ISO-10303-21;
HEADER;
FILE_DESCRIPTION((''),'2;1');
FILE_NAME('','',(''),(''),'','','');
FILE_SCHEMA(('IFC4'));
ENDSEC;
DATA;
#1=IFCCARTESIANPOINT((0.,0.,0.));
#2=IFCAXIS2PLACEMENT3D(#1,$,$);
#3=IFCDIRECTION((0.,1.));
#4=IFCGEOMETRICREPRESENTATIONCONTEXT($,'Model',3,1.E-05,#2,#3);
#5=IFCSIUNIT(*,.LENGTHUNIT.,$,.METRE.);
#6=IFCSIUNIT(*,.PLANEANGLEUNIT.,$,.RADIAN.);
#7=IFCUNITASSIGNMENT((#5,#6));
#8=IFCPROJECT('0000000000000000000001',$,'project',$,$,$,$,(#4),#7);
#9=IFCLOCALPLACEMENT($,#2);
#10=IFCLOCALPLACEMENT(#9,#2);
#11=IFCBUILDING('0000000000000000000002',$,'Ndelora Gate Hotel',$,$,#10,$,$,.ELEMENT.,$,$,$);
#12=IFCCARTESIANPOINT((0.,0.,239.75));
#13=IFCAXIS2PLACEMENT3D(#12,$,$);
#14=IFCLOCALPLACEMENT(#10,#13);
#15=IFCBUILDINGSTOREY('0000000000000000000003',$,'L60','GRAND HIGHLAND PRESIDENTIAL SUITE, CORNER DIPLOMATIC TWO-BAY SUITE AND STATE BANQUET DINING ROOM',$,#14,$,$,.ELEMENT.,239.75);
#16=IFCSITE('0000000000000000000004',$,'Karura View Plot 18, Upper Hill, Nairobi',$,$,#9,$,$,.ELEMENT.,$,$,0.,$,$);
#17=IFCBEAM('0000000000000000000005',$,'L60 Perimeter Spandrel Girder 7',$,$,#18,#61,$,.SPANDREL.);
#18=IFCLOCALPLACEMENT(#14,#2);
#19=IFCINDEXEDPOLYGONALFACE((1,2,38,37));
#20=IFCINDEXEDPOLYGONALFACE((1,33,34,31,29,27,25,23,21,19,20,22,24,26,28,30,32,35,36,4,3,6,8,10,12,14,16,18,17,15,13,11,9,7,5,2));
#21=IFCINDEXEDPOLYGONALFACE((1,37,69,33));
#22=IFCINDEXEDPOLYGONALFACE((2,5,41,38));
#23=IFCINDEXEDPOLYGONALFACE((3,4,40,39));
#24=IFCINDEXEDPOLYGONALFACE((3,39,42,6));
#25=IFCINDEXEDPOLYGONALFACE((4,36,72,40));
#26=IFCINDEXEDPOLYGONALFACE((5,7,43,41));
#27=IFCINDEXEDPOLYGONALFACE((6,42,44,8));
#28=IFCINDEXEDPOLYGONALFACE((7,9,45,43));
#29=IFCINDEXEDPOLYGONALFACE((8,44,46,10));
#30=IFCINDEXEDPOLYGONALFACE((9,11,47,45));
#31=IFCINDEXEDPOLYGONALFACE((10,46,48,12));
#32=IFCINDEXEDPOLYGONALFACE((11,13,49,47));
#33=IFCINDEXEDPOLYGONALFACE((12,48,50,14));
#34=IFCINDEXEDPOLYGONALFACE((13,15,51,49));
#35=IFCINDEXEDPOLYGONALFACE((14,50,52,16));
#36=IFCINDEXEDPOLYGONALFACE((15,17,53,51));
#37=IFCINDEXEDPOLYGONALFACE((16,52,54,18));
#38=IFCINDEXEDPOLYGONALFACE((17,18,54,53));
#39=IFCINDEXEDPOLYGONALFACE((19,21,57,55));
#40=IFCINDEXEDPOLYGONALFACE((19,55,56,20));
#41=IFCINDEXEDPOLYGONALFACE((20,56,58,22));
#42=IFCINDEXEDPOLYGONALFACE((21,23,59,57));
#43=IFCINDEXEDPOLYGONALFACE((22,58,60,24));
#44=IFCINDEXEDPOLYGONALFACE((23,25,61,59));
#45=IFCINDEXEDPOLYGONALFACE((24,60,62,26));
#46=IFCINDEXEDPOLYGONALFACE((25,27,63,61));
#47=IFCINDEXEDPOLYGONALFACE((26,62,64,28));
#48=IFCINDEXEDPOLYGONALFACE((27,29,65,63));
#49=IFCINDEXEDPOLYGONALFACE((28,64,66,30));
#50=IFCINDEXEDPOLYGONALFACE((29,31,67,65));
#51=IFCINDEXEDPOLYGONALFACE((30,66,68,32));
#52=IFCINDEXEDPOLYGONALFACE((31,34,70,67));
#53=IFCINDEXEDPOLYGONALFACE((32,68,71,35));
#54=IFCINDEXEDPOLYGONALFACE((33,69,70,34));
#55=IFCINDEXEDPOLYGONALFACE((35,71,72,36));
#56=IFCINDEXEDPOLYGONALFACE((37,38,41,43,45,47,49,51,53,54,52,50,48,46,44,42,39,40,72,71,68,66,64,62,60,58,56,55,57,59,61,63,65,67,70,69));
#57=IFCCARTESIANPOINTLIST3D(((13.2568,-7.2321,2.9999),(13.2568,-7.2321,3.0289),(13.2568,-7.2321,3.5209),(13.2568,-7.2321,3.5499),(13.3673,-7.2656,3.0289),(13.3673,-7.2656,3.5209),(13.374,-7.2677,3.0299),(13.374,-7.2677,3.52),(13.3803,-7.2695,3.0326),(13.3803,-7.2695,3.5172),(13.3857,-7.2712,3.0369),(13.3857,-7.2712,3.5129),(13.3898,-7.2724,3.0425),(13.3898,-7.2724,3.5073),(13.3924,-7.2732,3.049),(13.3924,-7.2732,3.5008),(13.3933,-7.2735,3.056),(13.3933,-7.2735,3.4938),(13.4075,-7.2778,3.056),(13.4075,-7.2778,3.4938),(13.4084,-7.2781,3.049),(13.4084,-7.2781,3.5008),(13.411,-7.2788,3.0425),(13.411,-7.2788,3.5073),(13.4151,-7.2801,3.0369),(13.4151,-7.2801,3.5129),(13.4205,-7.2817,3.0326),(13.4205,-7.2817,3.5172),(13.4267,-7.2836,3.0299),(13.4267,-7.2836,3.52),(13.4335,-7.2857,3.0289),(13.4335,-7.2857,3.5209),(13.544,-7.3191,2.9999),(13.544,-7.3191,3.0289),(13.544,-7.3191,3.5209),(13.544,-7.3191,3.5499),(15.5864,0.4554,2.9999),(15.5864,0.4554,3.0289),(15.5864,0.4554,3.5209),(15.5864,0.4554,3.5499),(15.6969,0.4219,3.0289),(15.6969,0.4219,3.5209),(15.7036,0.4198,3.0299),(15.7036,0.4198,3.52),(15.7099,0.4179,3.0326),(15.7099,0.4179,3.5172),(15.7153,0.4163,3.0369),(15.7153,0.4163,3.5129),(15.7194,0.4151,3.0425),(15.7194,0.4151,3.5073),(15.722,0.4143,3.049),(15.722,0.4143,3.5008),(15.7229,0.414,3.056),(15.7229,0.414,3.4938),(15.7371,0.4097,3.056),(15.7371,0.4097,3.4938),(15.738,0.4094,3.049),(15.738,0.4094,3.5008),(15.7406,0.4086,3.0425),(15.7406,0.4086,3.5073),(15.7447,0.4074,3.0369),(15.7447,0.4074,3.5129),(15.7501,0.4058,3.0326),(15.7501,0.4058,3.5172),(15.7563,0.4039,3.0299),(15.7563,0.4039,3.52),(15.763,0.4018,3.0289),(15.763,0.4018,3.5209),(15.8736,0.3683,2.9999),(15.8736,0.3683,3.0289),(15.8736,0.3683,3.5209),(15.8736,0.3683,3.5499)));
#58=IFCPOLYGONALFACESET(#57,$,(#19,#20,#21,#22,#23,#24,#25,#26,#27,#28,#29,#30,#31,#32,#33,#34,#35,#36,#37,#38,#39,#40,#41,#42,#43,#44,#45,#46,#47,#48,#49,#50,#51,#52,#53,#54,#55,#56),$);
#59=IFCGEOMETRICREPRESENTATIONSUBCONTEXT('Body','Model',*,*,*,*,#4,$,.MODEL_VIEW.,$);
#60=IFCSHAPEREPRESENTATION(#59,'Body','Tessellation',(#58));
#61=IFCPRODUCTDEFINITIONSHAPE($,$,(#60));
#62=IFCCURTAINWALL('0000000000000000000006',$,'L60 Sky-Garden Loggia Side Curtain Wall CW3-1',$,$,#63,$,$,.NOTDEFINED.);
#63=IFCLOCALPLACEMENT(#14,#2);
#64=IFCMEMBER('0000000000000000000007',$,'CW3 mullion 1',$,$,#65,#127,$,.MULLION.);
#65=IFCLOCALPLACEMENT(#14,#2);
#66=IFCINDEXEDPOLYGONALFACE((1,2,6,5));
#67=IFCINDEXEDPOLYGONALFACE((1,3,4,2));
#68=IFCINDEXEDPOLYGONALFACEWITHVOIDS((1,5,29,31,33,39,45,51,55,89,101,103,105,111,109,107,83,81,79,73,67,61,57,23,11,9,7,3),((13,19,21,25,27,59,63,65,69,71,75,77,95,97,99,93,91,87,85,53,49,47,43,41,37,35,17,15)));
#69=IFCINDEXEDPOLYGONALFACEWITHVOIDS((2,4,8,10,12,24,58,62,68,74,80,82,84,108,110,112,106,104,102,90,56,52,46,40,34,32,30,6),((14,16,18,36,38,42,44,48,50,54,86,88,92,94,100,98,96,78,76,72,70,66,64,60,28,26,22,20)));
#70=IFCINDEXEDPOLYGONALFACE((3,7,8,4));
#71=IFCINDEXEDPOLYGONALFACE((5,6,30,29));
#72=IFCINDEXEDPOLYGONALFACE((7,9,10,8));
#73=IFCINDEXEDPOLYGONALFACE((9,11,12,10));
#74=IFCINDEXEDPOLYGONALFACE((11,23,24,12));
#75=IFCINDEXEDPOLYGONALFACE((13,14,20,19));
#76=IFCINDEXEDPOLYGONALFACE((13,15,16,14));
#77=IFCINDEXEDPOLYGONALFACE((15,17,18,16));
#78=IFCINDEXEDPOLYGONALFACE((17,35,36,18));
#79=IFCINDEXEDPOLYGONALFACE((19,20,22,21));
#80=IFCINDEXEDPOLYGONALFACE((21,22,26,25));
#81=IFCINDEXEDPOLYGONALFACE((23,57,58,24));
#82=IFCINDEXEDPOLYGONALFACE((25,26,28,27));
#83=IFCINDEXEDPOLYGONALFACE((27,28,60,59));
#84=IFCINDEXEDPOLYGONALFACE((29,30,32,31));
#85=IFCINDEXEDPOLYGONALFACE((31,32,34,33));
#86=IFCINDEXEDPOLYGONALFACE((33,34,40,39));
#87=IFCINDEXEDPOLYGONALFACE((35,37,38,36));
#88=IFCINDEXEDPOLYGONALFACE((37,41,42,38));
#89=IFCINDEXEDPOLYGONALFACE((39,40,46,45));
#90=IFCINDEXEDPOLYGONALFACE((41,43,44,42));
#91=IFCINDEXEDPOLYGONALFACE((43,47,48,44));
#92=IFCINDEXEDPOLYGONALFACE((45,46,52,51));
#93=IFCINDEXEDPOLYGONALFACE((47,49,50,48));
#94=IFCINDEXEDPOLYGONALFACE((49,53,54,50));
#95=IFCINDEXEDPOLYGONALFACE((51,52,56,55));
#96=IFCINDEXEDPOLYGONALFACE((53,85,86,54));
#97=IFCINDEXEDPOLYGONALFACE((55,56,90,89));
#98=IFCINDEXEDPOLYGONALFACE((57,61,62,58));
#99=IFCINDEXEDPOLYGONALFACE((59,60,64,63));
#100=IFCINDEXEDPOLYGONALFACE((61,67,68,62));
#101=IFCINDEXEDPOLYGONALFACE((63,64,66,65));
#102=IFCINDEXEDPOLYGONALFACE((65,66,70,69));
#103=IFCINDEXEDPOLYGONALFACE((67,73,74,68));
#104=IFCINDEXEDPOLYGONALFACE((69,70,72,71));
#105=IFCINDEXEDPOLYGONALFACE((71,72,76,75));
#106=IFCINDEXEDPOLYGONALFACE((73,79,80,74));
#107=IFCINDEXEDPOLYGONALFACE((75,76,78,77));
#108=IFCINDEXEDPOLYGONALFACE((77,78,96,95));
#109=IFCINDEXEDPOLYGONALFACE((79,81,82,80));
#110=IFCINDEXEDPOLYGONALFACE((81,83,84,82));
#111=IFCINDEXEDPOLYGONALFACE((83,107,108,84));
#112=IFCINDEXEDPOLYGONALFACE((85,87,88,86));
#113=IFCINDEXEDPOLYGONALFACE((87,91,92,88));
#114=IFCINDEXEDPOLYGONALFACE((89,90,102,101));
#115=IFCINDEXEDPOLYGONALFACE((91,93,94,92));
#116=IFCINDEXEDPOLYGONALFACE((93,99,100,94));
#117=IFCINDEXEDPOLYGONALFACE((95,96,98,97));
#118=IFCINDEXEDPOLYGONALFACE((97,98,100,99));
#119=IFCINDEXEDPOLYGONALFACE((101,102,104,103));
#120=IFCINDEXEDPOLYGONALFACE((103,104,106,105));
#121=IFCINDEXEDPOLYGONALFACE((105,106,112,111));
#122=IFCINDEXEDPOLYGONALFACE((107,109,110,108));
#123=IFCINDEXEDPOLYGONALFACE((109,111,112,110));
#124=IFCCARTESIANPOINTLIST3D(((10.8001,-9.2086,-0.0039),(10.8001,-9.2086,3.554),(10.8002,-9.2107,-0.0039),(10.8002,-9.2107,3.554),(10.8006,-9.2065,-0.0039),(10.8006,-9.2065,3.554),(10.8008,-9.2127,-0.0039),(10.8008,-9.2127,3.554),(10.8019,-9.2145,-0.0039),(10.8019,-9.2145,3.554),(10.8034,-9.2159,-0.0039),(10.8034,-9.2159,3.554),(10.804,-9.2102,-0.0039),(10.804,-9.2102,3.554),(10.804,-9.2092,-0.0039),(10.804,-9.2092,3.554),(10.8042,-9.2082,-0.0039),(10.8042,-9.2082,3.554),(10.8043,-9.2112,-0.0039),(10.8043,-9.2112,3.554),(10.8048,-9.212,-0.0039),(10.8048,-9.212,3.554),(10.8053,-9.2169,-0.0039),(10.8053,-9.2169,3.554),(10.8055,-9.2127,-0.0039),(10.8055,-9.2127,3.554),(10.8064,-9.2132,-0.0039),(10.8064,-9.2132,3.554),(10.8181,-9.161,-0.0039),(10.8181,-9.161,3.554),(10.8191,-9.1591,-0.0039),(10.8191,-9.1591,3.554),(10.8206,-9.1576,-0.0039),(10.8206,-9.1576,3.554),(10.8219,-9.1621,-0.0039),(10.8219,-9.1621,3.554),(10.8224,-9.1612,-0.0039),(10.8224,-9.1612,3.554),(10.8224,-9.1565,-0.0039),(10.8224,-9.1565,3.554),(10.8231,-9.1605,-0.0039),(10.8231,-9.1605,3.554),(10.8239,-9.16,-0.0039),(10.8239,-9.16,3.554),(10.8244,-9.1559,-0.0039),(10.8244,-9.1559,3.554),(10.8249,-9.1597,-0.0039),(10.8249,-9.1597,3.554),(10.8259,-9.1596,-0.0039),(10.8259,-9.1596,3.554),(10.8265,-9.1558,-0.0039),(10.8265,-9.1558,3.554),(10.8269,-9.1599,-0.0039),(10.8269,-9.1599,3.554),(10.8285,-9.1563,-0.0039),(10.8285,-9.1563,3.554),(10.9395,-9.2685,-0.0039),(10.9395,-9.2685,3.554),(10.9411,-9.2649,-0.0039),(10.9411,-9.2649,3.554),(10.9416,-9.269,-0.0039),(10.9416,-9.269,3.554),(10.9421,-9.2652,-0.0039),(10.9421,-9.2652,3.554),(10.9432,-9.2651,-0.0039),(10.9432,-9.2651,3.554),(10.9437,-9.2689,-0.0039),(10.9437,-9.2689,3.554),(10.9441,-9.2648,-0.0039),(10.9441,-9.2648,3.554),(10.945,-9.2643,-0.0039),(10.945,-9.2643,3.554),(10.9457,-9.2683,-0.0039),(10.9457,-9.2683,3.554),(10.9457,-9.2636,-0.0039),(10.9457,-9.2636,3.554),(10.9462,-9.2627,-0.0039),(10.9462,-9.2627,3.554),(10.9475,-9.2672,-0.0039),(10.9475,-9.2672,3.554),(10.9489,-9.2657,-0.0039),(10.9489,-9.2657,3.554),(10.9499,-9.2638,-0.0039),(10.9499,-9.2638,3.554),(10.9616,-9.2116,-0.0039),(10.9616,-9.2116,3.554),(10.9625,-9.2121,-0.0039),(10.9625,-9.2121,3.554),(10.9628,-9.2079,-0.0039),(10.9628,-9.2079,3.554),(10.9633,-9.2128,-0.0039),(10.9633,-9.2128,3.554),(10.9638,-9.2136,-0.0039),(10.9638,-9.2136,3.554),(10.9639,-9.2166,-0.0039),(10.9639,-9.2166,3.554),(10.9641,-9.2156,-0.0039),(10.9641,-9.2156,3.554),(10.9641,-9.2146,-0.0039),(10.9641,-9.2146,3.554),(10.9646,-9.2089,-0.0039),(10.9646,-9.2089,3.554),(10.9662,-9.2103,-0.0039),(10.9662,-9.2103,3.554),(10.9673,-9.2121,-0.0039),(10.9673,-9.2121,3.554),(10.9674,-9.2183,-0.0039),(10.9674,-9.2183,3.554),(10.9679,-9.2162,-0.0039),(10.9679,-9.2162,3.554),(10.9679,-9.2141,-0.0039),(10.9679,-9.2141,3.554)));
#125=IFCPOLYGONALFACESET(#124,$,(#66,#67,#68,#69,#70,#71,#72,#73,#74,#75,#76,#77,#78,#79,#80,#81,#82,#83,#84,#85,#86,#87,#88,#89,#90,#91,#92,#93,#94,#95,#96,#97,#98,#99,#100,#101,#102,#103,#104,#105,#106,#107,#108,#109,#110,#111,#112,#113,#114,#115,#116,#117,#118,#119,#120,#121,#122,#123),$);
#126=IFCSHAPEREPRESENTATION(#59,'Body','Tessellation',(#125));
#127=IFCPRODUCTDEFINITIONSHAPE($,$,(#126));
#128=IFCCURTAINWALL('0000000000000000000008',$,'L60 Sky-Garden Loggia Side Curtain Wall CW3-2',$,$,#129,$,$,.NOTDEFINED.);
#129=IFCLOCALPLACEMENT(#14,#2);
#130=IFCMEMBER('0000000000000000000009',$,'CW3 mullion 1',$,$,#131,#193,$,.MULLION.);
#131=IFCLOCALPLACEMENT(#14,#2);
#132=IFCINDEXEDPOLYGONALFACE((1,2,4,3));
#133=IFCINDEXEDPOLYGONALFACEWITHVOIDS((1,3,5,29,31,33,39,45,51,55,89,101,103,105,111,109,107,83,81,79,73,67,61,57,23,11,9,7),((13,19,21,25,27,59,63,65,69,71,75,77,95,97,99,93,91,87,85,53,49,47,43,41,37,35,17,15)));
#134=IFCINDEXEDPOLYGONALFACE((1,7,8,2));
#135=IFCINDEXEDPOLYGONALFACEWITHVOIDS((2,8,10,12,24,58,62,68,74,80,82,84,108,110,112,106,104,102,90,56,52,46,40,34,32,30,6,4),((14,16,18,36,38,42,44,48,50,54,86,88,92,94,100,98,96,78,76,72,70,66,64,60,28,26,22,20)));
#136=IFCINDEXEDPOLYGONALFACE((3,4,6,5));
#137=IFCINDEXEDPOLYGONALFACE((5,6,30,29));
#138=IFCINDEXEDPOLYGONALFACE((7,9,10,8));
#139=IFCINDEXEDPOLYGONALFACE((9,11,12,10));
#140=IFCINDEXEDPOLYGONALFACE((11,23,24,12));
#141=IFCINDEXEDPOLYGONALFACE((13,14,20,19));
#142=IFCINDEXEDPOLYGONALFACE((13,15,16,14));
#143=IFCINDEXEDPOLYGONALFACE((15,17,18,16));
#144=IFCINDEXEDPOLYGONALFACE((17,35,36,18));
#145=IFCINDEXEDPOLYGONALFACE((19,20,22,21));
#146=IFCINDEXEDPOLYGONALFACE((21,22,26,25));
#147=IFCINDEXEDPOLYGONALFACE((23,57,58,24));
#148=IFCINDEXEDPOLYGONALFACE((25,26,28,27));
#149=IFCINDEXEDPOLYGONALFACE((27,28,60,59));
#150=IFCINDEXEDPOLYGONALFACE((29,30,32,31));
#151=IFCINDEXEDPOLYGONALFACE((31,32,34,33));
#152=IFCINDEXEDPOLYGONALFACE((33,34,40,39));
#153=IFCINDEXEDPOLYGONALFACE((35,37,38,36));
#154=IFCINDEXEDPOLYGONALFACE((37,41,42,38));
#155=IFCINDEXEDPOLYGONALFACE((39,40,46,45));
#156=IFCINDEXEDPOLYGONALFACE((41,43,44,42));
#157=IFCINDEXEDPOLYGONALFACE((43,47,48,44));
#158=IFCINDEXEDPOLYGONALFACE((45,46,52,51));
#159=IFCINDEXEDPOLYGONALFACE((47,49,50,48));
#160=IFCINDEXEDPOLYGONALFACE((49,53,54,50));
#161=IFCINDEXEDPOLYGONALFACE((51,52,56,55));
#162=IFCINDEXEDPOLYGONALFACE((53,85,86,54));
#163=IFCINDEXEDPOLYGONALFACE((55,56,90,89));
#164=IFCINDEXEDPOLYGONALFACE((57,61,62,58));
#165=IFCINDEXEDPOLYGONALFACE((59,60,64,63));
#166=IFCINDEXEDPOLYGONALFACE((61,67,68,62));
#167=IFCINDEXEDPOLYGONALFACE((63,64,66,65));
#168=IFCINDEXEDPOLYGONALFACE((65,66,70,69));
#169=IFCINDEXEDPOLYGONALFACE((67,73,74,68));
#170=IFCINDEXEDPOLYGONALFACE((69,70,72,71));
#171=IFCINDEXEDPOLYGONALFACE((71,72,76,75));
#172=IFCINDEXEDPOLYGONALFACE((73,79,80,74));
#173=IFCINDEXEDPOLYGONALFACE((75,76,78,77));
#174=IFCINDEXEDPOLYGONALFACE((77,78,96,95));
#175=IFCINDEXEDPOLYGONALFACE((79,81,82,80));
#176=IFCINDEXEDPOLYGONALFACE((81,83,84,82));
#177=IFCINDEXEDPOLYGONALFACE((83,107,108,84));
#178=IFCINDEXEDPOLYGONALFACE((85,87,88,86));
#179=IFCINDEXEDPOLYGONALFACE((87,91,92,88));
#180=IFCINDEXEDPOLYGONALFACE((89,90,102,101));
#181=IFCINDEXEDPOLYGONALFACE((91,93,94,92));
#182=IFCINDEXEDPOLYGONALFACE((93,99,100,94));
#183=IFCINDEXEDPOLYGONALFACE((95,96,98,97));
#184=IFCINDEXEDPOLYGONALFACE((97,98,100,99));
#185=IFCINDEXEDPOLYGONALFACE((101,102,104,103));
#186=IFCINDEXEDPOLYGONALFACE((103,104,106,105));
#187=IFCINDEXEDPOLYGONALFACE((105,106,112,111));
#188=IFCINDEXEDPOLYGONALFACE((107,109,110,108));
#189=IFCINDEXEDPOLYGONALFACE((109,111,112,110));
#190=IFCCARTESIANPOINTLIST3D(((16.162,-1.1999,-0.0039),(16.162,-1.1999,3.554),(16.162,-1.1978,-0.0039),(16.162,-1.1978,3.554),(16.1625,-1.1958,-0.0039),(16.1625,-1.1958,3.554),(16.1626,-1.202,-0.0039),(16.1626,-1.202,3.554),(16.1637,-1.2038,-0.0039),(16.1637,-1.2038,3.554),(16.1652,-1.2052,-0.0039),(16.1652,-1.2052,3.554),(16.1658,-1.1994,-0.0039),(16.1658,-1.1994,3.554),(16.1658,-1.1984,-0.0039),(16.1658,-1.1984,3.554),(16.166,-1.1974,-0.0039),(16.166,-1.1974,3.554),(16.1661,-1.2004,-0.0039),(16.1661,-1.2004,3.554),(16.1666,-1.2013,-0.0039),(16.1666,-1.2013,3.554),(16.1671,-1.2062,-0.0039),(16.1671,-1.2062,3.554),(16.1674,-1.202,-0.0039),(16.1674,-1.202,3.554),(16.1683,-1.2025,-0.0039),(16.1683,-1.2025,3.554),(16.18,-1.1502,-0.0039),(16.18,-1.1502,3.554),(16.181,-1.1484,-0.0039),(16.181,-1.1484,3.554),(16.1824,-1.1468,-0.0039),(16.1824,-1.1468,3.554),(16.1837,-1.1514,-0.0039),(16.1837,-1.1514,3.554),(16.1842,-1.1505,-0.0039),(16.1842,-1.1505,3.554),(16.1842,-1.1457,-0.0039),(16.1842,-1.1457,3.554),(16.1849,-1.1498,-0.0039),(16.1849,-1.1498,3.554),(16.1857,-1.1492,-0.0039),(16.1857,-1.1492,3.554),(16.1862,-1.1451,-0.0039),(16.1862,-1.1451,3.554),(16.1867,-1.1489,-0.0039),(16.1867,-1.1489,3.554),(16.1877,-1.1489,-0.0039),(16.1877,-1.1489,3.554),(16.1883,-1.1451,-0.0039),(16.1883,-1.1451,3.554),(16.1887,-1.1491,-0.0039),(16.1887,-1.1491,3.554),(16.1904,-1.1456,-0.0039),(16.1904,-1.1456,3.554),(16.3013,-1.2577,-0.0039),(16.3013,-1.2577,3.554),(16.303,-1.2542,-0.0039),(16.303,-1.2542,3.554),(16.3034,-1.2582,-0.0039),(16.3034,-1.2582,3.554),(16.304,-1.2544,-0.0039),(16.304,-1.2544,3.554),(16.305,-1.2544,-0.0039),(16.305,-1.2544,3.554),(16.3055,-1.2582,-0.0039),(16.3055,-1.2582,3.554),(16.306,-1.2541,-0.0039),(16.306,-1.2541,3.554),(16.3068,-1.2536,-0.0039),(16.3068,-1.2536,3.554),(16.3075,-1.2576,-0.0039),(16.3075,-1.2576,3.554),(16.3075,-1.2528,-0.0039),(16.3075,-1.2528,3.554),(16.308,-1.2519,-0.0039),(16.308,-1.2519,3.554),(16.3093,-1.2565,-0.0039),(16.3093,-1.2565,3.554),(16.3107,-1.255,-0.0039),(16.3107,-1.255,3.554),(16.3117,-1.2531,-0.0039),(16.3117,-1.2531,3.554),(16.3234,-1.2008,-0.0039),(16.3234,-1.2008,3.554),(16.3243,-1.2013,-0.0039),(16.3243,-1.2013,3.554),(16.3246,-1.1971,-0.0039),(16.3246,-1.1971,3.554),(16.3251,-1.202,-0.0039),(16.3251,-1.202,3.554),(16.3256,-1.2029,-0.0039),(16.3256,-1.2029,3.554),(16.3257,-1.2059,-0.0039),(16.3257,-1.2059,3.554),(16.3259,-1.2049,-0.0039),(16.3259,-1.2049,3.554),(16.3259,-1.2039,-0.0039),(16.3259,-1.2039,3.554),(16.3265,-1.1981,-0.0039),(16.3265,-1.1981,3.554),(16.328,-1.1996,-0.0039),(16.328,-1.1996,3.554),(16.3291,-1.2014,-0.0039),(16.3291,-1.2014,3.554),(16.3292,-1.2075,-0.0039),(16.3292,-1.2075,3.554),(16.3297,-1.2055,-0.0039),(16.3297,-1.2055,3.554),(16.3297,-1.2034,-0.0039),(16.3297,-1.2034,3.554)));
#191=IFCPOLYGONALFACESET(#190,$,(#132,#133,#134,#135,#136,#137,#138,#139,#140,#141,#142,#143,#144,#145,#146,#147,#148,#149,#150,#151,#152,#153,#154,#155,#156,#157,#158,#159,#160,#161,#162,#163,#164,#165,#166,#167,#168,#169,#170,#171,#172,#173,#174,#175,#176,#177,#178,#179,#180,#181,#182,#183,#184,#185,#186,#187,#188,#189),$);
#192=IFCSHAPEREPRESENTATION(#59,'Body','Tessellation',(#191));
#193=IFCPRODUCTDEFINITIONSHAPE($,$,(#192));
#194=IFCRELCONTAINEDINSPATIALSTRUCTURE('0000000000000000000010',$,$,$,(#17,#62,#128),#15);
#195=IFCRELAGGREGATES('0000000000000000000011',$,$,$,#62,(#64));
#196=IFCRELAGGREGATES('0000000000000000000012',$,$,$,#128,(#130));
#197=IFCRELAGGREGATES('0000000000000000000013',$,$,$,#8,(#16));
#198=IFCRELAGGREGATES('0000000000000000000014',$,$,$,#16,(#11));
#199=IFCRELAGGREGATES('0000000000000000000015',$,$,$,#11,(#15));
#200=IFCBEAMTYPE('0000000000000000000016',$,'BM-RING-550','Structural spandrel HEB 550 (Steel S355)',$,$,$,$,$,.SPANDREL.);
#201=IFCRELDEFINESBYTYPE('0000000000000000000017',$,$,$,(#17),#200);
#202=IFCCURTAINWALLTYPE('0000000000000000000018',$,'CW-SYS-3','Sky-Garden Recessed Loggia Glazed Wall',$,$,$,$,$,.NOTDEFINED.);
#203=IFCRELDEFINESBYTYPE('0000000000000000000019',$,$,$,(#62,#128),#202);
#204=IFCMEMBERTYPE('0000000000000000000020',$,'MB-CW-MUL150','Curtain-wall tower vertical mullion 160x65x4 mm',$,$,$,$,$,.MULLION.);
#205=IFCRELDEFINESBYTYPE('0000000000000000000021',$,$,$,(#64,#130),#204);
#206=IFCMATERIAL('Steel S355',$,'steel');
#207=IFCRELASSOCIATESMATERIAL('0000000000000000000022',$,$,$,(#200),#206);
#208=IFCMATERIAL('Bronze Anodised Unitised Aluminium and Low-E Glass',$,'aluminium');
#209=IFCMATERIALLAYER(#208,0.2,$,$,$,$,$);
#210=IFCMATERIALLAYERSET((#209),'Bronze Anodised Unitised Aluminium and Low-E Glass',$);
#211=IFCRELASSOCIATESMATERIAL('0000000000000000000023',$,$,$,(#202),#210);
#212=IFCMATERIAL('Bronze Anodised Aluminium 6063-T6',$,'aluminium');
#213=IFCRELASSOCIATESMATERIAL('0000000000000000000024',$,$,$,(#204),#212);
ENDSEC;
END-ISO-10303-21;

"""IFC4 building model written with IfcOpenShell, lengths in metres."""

from ifc_helpers import new_model, si_unit, direction, frame, origin, origin_2d, place, context, subcontext, project, spatial, hollow_rectangle, i_section, extrude, material, layer, layer_set, material_profile, profile_set, type_object, element, aggregate, save


model = new_model("IFC4")

# Units and contexts
model_context = context("Model", 3, precision=1e-05, world=origin(), true_north=direction((0.0, 1.0)))
body_context = subcontext(model_context, "Body", "Model", "MODEL_VIEW")
ifc_project = project(units=[si_unit("LENGTHUNIT", "METRE"), si_unit("PLANEANGLEUNIT", "RADIAN")], contexts=[model_context])

# Site, building, storey
site_placement = place(None, origin())
site = spatial("IfcSite", under=ifc_project, at=site_placement, Name="Karura View Plot 18, Upper Hill, Nairobi", CompositionType="ELEMENT", RefElevation=0.0)
building_placement = place(site_placement, origin())
building = spatial("IfcBuilding", under=site, at=building_placement, Name="Ndelora Gate Hotel", CompositionType="ELEMENT")
storey_placement = place(building_placement, frame((0.0, 0.0, 239.75)))
storey = spatial("IfcBuildingStorey", under=building, at=storey_placement, Name="L60", Description="GRAND HIGHLAND PRESIDENTIAL SUITE, CORNER DIPLOMATIC TWO-BAY SUITE AND STATE BANQUET DINING ROOM", CompositionType="ELEMENT", Elevation=239.75)

# Beam
ifc_material_1 = material(Name="Steel S355", Category="steel")
ifc_material_profile_1 = material_profile(ifc_material_1, i_section(OverallWidth=0.3, OverallDepth=0.55, WebThickness=0.0149, FlangeThickness=0.0291, FilletRadius=0.0271, at=origin_2d()), Name="HEB 550")
ifc_profile_set_1 = profile_set([ifc_material_profile_1], Name="Steel S355")
beam_type_1 = type_object("IfcBeamType", Name="BM-RING-550", Description="Structural spandrel HEB 550 (Steel S355)", PredefinedType="SPANDREL", material=ifc_profile_set_1)
beam_1_placement = place(storey_placement, frame((13.4004, -7.2756, 3.2749), z_axis=(0.290012, 0.957023, 0.0), x_axis=(-0.957023, 0.290012, 0.0)))
element("IfcBeam", 1, at=beam_1_placement, inside=storey, type_object=beam_type_1, Name="L60 Perimeter Spandrel Girder 7", PredefinedType="SPANDREL", context=body_context, shape_type="SweptSolid", body=[
    extrude(i_section(OverallWidth=0.3, OverallDepth=0.55, WebThickness=0.0149, FlangeThickness=0.0291, FilletRadius=0.0271, at=origin_2d()), origin(), (0.0, 0.0, 1.0), 8.0327),
])

# Curtain wall, member
ifc_material_2 = material(Name="Bronze Anodised Unitised Aluminium and Low-E Glass", Category="aluminium")
ifc_layer_1 = layer(ifc_material_2, 0.2)
ifc_layer_set_1 = layer_set([ifc_layer_1], Name="Bronze Anodised Unitised Aluminium and Low-E Glass")
curtain_wall_type = type_object("IfcCurtainWallType", Name="CW-SYS-3", Description="Sky-Garden Recessed Loggia Glazed Wall", PredefinedType="NOTDEFINED", material=ifc_layer_set_1)
curtain_wall_1_placement = place(storey_placement, origin())
curtain_wall_1 = element("IfcCurtainWall", 2, at=curtain_wall_1_placement, inside=storey, type_object=curtain_wall_type, Name="L60 Sky-Garden Loggia Side Curtain Wall CW3-1", PredefinedType="NOTDEFINED")
ifc_material_3 = material(Name="Bronze Anodised Aluminium 6063-T6", Category="aluminium")
ifc_material_profile_2 = material_profile(ifc_material_3, hollow_rectangle(XDim=0.0649, YDim=0.1599, WallThickness=0.0039, InnerFilletRadius=0.0039, OuterFilletRadius=0.0081, at=origin_2d()), Name="ALU 160x65x4")
ifc_profile_set_2 = profile_set([ifc_material_profile_2], Name="Bronze Anodised Aluminium 6063-T6")
member_type_1 = type_object("IfcMemberType", Name="MB-CW-MUL150", Description="Curtain-wall tower vertical mullion 160x65x4 mm", PredefinedType="MULLION", material=ifc_profile_set_2)
member_1_placement = place(storey_placement, frame((10.884, -9.2124, -0.0039), z_axis=(0.0, 0.0, 1.0), x_axis=(0.358376, 0.933577, 0.0)))
member_1 = element("IfcMember", 3, at=member_1_placement, type_object=member_type_1, Name="CW3 mullion 1", PredefinedType="MULLION", context=body_context, shape_type="SweptSolid", body=[
    extrude(hollow_rectangle(XDim=0.0649, YDim=0.1599, WallThickness=0.0039, InnerFilletRadius=0.0039, OuterFilletRadius=0.0081, at=origin_2d()), origin(), (0.0, 0.0, 1.0), 3.5579),
])
aggregate(curtain_wall_1, [member_1])

# Curtain wall, member
curtain_wall_2_placement = place(storey_placement, origin())
curtain_wall_2 = element("IfcCurtainWall", 4, at=curtain_wall_2_placement, inside=storey, type_object=curtain_wall_type, Name="L60 Sky-Garden Loggia Side Curtain Wall CW3-2", PredefinedType="NOTDEFINED")
member_2_placement = place(storey_placement, frame((16.2458, -1.2017, -0.0039), z_axis=(0.0, 0.0, 1.0), x_axis=(-0.358361, -0.933583, 0.0)))
member_2 = element("IfcMember", 5, at=member_2_placement, type_object=member_type_1, Name="CW3 mullion 1", PredefinedType="MULLION", context=body_context, shape_type="SweptSolid", body=[
    extrude(hollow_rectangle(XDim=0.0649, YDim=0.1599, WallThickness=0.0039, InnerFilletRadius=0.0039, OuterFilletRadius=0.0081, at=origin_2d()), origin(), (0.0, 0.0, 1.0), 3.5579),
])
aggregate(curtain_wall_2, [member_2])

save(model, "model.ifc")
